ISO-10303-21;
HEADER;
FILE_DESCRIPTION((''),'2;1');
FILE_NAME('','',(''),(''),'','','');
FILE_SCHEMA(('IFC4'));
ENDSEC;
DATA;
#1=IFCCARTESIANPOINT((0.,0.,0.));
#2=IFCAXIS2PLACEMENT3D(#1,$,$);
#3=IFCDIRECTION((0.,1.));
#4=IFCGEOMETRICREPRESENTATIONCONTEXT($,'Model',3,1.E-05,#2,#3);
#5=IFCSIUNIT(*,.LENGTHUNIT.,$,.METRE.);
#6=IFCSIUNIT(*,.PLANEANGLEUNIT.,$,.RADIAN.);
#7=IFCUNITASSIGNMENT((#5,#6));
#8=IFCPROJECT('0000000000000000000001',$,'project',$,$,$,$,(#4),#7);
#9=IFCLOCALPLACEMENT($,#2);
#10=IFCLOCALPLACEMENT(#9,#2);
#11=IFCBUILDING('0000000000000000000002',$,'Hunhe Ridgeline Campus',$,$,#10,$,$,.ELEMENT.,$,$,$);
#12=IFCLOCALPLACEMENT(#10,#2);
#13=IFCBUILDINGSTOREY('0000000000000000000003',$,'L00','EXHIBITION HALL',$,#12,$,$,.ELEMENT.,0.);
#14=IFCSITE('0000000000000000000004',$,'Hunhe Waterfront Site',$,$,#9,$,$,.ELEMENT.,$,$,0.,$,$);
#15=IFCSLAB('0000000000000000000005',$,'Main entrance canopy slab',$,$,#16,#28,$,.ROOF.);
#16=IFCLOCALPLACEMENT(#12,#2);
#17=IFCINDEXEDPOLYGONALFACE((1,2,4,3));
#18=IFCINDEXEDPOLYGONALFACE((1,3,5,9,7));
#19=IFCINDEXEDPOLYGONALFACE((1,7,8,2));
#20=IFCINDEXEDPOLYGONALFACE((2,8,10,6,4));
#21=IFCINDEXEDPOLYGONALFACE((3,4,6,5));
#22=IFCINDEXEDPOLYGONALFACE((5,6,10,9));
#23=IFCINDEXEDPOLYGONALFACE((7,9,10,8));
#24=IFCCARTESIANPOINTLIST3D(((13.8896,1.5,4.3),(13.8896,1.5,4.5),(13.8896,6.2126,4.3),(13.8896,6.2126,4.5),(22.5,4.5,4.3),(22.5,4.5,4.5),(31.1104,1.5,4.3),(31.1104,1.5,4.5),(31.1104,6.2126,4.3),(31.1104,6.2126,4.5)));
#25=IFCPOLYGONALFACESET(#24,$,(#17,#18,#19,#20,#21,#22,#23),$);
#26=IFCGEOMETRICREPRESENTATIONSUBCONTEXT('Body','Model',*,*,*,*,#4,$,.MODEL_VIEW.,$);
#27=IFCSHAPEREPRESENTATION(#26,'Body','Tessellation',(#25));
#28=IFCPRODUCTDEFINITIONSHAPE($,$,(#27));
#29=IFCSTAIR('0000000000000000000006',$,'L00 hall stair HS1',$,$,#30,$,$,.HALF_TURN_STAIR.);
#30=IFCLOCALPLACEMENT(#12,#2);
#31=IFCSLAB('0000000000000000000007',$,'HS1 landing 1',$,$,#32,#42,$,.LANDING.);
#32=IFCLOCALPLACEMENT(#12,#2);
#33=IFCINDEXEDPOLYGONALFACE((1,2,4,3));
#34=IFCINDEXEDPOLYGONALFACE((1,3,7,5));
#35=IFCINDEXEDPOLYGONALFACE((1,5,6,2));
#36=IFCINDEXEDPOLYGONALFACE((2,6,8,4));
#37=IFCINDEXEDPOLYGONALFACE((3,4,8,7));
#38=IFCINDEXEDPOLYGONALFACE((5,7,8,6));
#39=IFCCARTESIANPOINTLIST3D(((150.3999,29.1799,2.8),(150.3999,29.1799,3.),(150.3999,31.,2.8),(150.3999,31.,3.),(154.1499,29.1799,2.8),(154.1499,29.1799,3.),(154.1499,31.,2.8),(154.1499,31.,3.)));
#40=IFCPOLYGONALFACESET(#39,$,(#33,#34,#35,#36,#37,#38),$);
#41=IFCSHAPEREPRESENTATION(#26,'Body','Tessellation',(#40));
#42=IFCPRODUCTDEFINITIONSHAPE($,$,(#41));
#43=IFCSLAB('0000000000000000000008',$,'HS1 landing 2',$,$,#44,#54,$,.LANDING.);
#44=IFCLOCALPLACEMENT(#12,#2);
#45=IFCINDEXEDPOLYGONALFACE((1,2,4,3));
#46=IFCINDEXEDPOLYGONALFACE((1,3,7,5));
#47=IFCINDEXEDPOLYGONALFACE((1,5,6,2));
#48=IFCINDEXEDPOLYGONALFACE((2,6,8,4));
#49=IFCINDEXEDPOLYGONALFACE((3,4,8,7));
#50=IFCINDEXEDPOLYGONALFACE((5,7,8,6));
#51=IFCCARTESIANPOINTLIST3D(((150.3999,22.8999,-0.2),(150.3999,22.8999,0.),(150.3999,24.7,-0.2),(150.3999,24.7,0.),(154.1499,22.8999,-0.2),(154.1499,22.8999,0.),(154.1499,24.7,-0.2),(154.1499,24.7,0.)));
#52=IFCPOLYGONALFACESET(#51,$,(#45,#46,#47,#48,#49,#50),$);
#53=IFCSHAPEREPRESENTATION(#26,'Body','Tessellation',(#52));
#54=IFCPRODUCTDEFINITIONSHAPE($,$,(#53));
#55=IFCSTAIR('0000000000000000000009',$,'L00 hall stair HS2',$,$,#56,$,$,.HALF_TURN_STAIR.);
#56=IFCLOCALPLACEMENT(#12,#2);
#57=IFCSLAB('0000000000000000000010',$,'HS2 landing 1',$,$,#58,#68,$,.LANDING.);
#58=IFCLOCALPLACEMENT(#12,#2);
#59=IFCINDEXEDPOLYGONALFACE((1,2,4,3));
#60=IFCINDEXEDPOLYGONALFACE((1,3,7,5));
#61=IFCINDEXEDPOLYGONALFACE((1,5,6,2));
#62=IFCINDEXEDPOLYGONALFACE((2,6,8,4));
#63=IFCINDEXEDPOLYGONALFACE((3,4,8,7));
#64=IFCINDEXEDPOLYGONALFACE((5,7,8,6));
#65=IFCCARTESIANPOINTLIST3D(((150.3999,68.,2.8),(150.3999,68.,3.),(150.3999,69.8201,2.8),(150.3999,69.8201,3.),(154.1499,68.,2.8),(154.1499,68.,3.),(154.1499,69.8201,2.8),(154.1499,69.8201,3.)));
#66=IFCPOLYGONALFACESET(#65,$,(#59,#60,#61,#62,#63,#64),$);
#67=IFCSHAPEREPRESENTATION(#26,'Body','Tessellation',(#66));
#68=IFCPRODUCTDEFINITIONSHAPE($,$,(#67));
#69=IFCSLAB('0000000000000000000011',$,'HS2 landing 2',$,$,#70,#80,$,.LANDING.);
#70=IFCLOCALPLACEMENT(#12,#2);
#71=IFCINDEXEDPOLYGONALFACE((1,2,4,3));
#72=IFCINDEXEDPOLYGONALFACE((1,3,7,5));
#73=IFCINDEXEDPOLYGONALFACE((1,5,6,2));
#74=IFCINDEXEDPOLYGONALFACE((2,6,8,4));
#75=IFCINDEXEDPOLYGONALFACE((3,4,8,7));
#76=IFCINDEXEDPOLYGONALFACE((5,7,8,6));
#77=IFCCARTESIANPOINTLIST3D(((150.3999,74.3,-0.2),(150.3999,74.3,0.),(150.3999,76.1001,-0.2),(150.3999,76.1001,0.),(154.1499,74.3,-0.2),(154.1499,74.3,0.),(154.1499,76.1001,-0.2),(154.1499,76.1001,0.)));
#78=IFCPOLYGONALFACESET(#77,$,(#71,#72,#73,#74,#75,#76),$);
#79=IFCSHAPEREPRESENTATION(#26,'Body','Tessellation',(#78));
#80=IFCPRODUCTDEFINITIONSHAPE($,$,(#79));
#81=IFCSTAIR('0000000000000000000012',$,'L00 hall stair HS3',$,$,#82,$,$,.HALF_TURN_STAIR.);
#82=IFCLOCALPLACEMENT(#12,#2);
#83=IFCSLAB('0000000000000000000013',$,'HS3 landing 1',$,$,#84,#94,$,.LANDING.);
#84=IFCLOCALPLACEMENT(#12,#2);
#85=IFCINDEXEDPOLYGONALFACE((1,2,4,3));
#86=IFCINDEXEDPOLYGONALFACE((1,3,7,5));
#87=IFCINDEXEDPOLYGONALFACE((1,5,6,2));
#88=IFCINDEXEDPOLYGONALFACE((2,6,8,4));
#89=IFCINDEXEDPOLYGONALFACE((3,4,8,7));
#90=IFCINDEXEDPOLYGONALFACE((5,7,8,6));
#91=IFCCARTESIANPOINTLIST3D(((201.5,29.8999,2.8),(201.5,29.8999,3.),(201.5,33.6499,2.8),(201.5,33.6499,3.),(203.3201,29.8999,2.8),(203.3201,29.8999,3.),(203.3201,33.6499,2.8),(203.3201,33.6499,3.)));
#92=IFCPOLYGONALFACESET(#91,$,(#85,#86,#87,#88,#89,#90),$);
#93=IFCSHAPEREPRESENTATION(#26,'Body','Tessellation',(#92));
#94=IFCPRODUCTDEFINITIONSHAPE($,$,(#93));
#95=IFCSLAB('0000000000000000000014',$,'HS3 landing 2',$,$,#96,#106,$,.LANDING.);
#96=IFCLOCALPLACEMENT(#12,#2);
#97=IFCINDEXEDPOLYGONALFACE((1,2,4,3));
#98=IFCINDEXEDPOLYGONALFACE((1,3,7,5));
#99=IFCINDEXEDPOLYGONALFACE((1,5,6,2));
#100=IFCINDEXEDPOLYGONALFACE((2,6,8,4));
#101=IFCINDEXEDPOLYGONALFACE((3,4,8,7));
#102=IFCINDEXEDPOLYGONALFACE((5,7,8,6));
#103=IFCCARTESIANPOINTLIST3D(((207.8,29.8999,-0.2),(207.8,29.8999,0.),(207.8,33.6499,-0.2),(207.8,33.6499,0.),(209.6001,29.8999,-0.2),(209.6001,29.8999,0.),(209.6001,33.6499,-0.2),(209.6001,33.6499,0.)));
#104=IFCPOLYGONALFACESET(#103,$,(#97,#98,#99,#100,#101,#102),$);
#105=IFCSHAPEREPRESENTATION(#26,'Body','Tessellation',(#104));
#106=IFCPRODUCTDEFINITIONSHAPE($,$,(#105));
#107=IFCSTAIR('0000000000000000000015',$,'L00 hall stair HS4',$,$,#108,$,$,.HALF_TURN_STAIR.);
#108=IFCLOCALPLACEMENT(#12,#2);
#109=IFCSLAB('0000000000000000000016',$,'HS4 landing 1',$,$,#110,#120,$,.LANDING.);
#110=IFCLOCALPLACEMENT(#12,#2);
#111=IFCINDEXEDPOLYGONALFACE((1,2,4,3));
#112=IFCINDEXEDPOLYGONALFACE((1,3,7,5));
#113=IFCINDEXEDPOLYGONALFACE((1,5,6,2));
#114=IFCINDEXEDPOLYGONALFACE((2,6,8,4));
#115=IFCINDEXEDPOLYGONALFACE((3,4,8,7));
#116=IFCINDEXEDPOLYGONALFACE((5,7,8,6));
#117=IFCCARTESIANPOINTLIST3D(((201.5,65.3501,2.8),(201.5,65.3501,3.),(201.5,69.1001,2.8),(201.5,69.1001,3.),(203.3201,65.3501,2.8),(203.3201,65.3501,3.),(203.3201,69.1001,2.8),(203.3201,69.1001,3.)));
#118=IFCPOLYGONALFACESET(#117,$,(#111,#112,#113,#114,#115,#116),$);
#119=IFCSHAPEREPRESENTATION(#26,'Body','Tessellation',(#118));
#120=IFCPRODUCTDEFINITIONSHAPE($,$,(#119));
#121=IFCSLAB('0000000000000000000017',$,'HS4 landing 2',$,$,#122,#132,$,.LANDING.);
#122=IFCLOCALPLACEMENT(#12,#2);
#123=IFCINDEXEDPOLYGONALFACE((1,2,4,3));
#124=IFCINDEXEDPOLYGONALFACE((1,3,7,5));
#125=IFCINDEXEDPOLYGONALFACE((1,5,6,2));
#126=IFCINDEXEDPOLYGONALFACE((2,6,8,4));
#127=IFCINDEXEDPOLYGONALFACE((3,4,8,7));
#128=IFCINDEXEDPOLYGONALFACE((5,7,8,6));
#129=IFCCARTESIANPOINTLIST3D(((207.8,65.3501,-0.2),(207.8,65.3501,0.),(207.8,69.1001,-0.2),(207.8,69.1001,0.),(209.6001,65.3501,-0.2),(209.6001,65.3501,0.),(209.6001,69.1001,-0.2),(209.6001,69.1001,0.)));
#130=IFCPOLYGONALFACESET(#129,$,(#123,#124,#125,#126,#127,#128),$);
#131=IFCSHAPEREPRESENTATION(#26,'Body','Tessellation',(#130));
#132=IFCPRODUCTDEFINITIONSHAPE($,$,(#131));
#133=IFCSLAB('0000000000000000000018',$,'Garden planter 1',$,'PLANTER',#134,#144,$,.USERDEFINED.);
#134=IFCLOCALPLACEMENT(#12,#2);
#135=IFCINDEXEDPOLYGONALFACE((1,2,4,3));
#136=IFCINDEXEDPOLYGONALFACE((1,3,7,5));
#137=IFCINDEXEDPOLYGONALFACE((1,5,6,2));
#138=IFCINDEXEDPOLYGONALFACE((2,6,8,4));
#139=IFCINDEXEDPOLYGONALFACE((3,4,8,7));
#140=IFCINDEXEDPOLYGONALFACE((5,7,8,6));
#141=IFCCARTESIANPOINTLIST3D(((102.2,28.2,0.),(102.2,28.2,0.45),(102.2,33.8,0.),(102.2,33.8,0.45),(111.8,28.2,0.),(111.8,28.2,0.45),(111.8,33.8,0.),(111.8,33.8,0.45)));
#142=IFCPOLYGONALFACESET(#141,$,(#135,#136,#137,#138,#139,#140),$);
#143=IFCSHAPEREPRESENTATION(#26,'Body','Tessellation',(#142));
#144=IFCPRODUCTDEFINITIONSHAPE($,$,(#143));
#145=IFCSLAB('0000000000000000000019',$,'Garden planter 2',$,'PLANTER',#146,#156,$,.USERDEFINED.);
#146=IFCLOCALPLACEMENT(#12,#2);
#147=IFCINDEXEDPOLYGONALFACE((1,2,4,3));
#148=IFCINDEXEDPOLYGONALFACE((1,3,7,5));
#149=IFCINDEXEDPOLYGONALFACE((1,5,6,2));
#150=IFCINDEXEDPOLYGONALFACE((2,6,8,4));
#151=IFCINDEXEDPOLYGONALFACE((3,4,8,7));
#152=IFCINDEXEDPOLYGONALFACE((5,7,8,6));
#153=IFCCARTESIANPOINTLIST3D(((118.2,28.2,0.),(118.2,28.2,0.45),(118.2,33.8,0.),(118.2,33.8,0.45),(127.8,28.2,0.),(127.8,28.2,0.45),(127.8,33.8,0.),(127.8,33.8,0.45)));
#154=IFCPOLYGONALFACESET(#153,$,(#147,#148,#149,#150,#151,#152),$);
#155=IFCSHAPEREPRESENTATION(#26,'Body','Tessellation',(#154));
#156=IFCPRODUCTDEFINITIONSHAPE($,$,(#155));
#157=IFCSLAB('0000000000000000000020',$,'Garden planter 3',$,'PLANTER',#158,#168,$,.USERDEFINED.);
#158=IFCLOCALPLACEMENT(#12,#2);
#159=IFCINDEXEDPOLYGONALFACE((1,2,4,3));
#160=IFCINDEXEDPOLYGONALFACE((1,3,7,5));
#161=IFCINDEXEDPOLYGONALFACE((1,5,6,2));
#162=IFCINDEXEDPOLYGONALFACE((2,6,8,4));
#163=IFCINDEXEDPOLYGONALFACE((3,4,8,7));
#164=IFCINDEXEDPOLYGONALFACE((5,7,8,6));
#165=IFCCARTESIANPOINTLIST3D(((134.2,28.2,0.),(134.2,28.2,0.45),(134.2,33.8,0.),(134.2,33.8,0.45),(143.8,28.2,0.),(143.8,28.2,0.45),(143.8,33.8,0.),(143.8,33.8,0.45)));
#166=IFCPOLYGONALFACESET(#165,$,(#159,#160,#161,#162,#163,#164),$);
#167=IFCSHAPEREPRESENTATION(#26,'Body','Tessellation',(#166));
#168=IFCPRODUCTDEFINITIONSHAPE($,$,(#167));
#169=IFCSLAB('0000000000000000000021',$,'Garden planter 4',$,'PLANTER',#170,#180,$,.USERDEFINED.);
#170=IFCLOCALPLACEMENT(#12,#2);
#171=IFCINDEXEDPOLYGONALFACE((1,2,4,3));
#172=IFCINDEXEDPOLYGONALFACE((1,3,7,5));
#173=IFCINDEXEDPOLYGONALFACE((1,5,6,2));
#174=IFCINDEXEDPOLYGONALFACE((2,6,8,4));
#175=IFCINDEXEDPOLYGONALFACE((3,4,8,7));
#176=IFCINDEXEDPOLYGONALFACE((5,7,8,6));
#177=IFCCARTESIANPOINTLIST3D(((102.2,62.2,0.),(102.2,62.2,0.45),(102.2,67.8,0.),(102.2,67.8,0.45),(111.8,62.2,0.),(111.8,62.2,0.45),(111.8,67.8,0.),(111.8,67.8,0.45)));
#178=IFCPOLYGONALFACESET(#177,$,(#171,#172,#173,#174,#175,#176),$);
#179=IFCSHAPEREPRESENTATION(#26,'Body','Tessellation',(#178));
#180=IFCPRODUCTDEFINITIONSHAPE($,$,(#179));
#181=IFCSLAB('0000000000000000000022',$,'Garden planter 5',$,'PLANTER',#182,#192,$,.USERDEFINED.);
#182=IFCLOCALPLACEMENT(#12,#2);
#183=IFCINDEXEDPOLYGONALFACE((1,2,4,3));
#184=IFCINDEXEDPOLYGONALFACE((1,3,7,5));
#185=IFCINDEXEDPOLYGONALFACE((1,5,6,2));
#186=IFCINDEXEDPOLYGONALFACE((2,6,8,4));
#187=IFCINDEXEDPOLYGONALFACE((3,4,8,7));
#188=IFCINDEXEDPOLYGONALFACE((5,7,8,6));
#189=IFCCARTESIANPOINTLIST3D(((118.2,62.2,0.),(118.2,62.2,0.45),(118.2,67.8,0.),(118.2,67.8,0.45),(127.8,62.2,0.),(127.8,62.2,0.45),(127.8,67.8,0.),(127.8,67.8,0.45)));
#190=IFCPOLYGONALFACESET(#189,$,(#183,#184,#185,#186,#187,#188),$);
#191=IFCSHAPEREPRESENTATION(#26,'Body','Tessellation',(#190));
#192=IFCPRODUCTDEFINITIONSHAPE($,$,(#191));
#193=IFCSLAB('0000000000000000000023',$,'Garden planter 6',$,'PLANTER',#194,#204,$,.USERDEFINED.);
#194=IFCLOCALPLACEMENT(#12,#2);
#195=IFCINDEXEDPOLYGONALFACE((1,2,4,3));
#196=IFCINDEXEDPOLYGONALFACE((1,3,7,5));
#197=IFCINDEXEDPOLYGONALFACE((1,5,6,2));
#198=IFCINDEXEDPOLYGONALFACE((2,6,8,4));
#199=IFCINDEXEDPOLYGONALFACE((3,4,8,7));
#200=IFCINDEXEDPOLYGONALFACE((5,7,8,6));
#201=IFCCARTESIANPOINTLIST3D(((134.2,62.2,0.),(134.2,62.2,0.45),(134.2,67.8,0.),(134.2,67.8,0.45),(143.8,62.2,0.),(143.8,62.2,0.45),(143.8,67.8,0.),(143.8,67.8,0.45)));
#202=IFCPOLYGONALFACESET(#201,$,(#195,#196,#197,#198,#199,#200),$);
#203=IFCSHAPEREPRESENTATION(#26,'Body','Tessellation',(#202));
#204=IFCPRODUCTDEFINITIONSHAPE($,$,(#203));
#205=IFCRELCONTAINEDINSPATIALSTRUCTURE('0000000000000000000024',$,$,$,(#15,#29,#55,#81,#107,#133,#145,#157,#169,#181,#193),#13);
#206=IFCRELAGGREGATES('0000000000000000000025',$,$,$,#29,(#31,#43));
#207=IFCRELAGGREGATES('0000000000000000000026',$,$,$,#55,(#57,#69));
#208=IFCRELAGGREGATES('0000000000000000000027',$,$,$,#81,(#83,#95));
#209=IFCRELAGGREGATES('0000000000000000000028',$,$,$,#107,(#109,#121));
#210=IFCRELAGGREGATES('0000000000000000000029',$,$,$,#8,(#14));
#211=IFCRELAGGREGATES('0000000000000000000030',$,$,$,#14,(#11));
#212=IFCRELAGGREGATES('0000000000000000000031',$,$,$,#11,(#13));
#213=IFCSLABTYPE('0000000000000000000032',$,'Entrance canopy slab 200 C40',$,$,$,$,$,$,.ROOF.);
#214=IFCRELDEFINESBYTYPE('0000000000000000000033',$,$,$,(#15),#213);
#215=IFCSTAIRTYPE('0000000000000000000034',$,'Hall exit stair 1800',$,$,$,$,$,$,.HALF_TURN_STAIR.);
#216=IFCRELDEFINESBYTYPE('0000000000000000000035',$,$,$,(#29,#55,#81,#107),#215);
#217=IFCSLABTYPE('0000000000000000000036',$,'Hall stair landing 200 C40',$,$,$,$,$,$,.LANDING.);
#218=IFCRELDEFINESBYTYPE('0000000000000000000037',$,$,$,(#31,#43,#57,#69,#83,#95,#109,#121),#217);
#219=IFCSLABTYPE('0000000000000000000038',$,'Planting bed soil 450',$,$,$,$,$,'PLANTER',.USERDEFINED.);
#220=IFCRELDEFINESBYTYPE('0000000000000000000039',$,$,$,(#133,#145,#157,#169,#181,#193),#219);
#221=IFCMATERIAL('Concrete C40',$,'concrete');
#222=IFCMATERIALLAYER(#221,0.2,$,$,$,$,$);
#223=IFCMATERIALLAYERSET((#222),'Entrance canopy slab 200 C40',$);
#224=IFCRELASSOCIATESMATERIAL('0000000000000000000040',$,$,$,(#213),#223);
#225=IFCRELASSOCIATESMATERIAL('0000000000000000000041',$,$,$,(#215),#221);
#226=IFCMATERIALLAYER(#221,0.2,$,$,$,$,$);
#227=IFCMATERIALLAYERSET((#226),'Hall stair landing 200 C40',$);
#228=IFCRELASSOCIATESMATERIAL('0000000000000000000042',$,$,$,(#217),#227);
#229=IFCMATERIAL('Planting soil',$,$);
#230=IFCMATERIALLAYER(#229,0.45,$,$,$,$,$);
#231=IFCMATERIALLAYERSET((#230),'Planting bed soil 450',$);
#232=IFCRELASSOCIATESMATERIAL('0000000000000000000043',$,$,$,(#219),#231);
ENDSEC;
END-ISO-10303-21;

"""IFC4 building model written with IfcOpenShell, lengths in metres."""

from ifc_helpers import new_model, si_unit, direction, frame, origin, place, context, subcontext, project, spatial, polyline, outline, extrude, material, layer, layer_set, type_object, element, aggregate, save


model = new_model("IFC4")

# Units and contexts
model_context = context("Model", 3, precision=1e-05, world=origin(), true_north=direction((0.0, 1.0)))
body_context = subcontext(model_context, "Body", "Model", "MODEL_VIEW")
ifc_project = project(units=[si_unit("LENGTHUNIT", "METRE"), si_unit("PLANEANGLEUNIT", "RADIAN")], contexts=[model_context])

# Site, building, storey
site_placement = place(None, origin())
site = spatial("IfcSite", under=ifc_project, at=site_placement, Name="Hunhe Waterfront Site", CompositionType="ELEMENT", RefElevation=0.0)
building_placement = place(site_placement, origin())
building = spatial("IfcBuilding", under=site, at=building_placement, Name="Hunhe Ridgeline Campus", CompositionType="ELEMENT")
storey_placement = place(building_placement, origin())
storey = spatial("IfcBuildingStorey", under=building, at=storey_placement, Name="L00", Description="EXHIBITION HALL", CompositionType="ELEMENT", Elevation=0.0)

# Slab
ifc_material_1 = material(Name="Concrete C40", Category="concrete")
ifc_layer_1 = layer(ifc_material_1, 0.2)
ifc_layer_set_1 = layer_set([ifc_layer_1], Name="Entrance canopy slab 200 C40")
slab_type_1 = type_object("IfcSlabType", Name="Entrance canopy slab 200 C40", PredefinedType="ROOF", material=ifc_layer_set_1)
slab_1_placement = place(storey_placement, frame((0.0, 0.0, 4.3)))
element("IfcSlab", 1, at=slab_1_placement, inside=storey, type_object=slab_type_1, Name="Main entrance canopy slab", PredefinedType="ROOF", context=body_context, shape_type="SweptSolid", body=[
    extrude(outline(polyline([(31.1104, 6.2126), (22.5, 4.5), (13.8896, 6.2126), (13.8896, 1.5), (31.1104, 1.5), (31.1104, 6.2126)])), origin(), (0.0, 0.0, 1.0), 0.2),
])

# Stairs, slabs
stair_type_1 = type_object("IfcStairType", Name="Hall exit stair 1800", PredefinedType="HALF_TURN_STAIR", material=ifc_material_1)
stair_1_placement = place(storey_placement, origin())
stair_1 = element("IfcStair", 2, at=stair_1_placement, inside=storey, type_object=stair_type_1, Name="L00 hall stair HS1", PredefinedType="HALF_TURN_STAIR")
ifc_layer_2 = layer(ifc_material_1, 0.2)
ifc_layer_set_2 = layer_set([ifc_layer_2], Name="Hall stair landing 200 C40")
slab_type_2 = type_object("IfcSlabType", Name="Hall stair landing 200 C40", PredefinedType="LANDING", material=ifc_layer_set_2)
slab_2_placement = place(storey_placement, frame((0.0, 0.0, 2.8)))
slab_2 = element("IfcSlab", 3, at=slab_2_placement, type_object=slab_type_2, Name="HS1 landing 1", PredefinedType="LANDING", context=body_context, shape_type="SweptSolid", body=[
    extrude(outline(polyline([(154.1499, 29.1799), (154.1499, 31.0), (150.3999, 31.0), (150.3999, 29.1799), (154.1499, 29.1799)])), origin(), (0.0, 0.0, 1.0), 0.2),
])
slab_3_placement = place(storey_placement, frame((0.0, 0.0, -0.2)))
slab_3 = element("IfcSlab", 4, at=slab_3_placement, type_object=slab_type_2, Name="HS1 landing 2", PredefinedType="LANDING", context=body_context, shape_type="SweptSolid", body=[
    extrude(outline(polyline([(154.1499, 22.8999), (154.1499, 24.7), (150.3999, 24.7), (150.3999, 22.8999), (154.1499, 22.8999)])), origin(), (0.0, 0.0, 1.0), 0.2),
])
aggregate(stair_1, [slab_2, slab_3])
stair_2_placement = place(storey_placement, origin())
stair_2 = element("IfcStair", 5, at=stair_2_placement, inside=storey, type_object=stair_type_1, Name="L00 hall stair HS2", PredefinedType="HALF_TURN_STAIR")
slab_4_placement = place(storey_placement, frame((0.0, 0.0, 2.8)))
slab_4 = element("IfcSlab", 6, at=slab_4_placement, type_object=slab_type_2, Name="HS2 landing 1", PredefinedType="LANDING", context=body_context, shape_type="SweptSolid", body=[
    extrude(outline(polyline([(150.3999, 69.8201), (150.3999, 68.0), (154.1499, 68.0), (154.1499, 69.8201), (150.3999, 69.8201)])), origin(), (0.0, 0.0, 1.0), 0.2),
])
slab_5_placement = place(storey_placement, frame((0.0, 0.0, -0.2)))
slab_5 = element("IfcSlab", 7, at=slab_5_placement, type_object=slab_type_2, Name="HS2 landing 2", PredefinedType="LANDING", context=body_context, shape_type="SweptSolid", body=[
    extrude(outline(polyline([(150.3999, 76.1001), (150.3999, 74.3), (154.1499, 74.3), (154.1499, 76.1001), (150.3999, 76.1001)])), origin(), (0.0, 0.0, 1.0), 0.2),
])
aggregate(stair_2, [slab_4, slab_5])
stair_3_placement = place(storey_placement, origin())
stair_3 = element("IfcStair", 8, at=stair_3_placement, inside=storey, type_object=stair_type_1, Name="L00 hall stair HS3", PredefinedType="HALF_TURN_STAIR")
slab_6_placement = place(storey_placement, frame((0.0, 0.0, 2.8)))
slab_6 = element("IfcSlab", 9, at=slab_6_placement, type_object=slab_type_2, Name="HS3 landing 1", PredefinedType="LANDING", context=body_context, shape_type="SweptSolid", body=[
    extrude(outline(polyline([(203.3201, 33.6499), (201.5, 33.6499), (201.5, 29.8999), (203.3201, 29.8999), (203.3201, 33.6499)])), origin(), (0.0, 0.0, 1.0), 0.2),
])
slab_7_placement = place(storey_placement, frame((0.0, 0.0, -0.2)))
slab_7 = element("IfcSlab", 10, at=slab_7_placement, type_object=slab_type_2, Name="HS3 landing 2", PredefinedType="LANDING", context=body_context, shape_type="SweptSolid", body=[
    extrude(outline(polyline([(209.6001, 33.6499), (207.8, 33.6499), (207.8, 29.8999), (209.6001, 29.8999), (209.6001, 33.6499)])), origin(), (0.0, 0.0, 1.0), 0.2),
])
aggregate(stair_3, [slab_6, slab_7])
stair_4_placement = place(storey_placement, origin())
stair_4 = element("IfcStair", 11, at=stair_4_placement, inside=storey, type_object=stair_type_1, Name="L00 hall stair HS4", PredefinedType="HALF_TURN_STAIR")
slab_8_placement = place(storey_placement, frame((0.0, 0.0, 2.8)))
slab_8 = element("IfcSlab", 12, at=slab_8_placement, type_object=slab_type_2, Name="HS4 landing 1", PredefinedType="LANDING", context=body_context, shape_type="SweptSolid", body=[
    extrude(outline(polyline([(203.3201, 69.1001), (201.5, 69.1001), (201.5, 65.3501), (203.3201, 65.3501), (203.3201, 69.1001)])), origin(), (0.0, 0.0, 1.0), 0.2),
])
slab_9_placement = place(storey_placement, frame((0.0, 0.0, -0.2)))
slab_9 = element("IfcSlab", 13, at=slab_9_placement, type_object=slab_type_2, Name="HS4 landing 2", PredefinedType="LANDING", context=body_context, shape_type="SweptSolid", body=[
    extrude(outline(polyline([(209.6001, 69.1001), (207.8, 69.1001), (207.8, 65.3501), (209.6001, 65.3501), (209.6001, 69.1001)])), origin(), (0.0, 0.0, 1.0), 0.2),
])
aggregate(stair_4, [slab_8, slab_9])

# Slabs
ifc_material_2 = material(Name="Planting soil")
ifc_layer_3 = layer(ifc_material_2, 0.45)
ifc_layer_set_3 = layer_set([ifc_layer_3], Name="Planting bed soil 450")
slab_type_3 = type_object("IfcSlabType", Name="Planting bed soil 450", ElementType="PLANTER", PredefinedType="USERDEFINED", material=ifc_layer_set_3)
slab_10_placement = place(storey_placement, origin())
element("IfcSlab", 14, at=slab_10_placement, inside=storey, type_object=slab_type_3, Name="Garden planter 1", ObjectType="PLANTER", PredefinedType="USERDEFINED", context=body_context, shape_type="SweptSolid", body=[
    extrude(outline(polyline([(111.8, 28.2), (111.8, 33.8), (102.2, 33.8), (102.2, 28.2), (111.8, 28.2)])), origin(), (0.0, 0.0, 1.0), 0.45),
])
slab_11_placement = place(storey_placement, origin())
element("IfcSlab", 15, at=slab_11_placement, inside=storey, type_object=slab_type_3, Name="Garden planter 2", ObjectType="PLANTER", PredefinedType="USERDEFINED", context=body_context, shape_type="SweptSolid", body=[
    extrude(outline(polyline([(127.8, 28.2), (127.8, 33.8), (118.2, 33.8), (118.2, 28.2), (127.8, 28.2)])), origin(), (0.0, 0.0, 1.0), 0.45),
])
slab_12_placement = place(storey_placement, origin())
element("IfcSlab", 16, at=slab_12_placement, inside=storey, type_object=slab_type_3, Name="Garden planter 3", ObjectType="PLANTER", PredefinedType="USERDEFINED", context=body_context, shape_type="SweptSolid", body=[
    extrude(outline(polyline([(143.8, 28.2), (143.8, 33.8), (134.2, 33.8), (134.2, 28.2), (143.8, 28.2)])), origin(), (0.0, 0.0, 1.0), 0.45),
])
slab_13_placement = place(storey_placement, origin())
element("IfcSlab", 17, at=slab_13_placement, inside=storey, type_object=slab_type_3, Name="Garden planter 4", ObjectType="PLANTER", PredefinedType="USERDEFINED", context=body_context, shape_type="SweptSolid", body=[
    extrude(outline(polyline([(111.8, 62.2), (111.8, 67.8), (102.2, 67.8), (102.2, 62.2), (111.8, 62.2)])), origin(), (0.0, 0.0, 1.0), 0.45),
])
slab_14_placement = place(storey_placement, origin())
element("IfcSlab", 18, at=slab_14_placement, inside=storey, type_object=slab_type_3, Name="Garden planter 5", ObjectType="PLANTER", PredefinedType="USERDEFINED", context=body_context, shape_type="SweptSolid", body=[
    extrude(outline(polyline([(127.8, 62.2), (127.8, 67.8), (118.2, 67.8), (118.2, 62.2), (127.8, 62.2)])), origin(), (0.0, 0.0, 1.0), 0.45),
])
slab_15_placement = place(storey_placement, origin())
element("IfcSlab", 19, at=slab_15_placement, inside=storey, type_object=slab_type_3, Name="Garden planter 6", ObjectType="PLANTER", PredefinedType="USERDEFINED", context=body_context, shape_type="SweptSolid", body=[
    extrude(outline(polyline([(143.8, 62.2), (143.8, 67.8), (134.2, 67.8), (134.2, 62.2), (143.8, 62.2)])), origin(), (0.0, 0.0, 1.0), 0.45),
])

save(model, "model.ifc")
